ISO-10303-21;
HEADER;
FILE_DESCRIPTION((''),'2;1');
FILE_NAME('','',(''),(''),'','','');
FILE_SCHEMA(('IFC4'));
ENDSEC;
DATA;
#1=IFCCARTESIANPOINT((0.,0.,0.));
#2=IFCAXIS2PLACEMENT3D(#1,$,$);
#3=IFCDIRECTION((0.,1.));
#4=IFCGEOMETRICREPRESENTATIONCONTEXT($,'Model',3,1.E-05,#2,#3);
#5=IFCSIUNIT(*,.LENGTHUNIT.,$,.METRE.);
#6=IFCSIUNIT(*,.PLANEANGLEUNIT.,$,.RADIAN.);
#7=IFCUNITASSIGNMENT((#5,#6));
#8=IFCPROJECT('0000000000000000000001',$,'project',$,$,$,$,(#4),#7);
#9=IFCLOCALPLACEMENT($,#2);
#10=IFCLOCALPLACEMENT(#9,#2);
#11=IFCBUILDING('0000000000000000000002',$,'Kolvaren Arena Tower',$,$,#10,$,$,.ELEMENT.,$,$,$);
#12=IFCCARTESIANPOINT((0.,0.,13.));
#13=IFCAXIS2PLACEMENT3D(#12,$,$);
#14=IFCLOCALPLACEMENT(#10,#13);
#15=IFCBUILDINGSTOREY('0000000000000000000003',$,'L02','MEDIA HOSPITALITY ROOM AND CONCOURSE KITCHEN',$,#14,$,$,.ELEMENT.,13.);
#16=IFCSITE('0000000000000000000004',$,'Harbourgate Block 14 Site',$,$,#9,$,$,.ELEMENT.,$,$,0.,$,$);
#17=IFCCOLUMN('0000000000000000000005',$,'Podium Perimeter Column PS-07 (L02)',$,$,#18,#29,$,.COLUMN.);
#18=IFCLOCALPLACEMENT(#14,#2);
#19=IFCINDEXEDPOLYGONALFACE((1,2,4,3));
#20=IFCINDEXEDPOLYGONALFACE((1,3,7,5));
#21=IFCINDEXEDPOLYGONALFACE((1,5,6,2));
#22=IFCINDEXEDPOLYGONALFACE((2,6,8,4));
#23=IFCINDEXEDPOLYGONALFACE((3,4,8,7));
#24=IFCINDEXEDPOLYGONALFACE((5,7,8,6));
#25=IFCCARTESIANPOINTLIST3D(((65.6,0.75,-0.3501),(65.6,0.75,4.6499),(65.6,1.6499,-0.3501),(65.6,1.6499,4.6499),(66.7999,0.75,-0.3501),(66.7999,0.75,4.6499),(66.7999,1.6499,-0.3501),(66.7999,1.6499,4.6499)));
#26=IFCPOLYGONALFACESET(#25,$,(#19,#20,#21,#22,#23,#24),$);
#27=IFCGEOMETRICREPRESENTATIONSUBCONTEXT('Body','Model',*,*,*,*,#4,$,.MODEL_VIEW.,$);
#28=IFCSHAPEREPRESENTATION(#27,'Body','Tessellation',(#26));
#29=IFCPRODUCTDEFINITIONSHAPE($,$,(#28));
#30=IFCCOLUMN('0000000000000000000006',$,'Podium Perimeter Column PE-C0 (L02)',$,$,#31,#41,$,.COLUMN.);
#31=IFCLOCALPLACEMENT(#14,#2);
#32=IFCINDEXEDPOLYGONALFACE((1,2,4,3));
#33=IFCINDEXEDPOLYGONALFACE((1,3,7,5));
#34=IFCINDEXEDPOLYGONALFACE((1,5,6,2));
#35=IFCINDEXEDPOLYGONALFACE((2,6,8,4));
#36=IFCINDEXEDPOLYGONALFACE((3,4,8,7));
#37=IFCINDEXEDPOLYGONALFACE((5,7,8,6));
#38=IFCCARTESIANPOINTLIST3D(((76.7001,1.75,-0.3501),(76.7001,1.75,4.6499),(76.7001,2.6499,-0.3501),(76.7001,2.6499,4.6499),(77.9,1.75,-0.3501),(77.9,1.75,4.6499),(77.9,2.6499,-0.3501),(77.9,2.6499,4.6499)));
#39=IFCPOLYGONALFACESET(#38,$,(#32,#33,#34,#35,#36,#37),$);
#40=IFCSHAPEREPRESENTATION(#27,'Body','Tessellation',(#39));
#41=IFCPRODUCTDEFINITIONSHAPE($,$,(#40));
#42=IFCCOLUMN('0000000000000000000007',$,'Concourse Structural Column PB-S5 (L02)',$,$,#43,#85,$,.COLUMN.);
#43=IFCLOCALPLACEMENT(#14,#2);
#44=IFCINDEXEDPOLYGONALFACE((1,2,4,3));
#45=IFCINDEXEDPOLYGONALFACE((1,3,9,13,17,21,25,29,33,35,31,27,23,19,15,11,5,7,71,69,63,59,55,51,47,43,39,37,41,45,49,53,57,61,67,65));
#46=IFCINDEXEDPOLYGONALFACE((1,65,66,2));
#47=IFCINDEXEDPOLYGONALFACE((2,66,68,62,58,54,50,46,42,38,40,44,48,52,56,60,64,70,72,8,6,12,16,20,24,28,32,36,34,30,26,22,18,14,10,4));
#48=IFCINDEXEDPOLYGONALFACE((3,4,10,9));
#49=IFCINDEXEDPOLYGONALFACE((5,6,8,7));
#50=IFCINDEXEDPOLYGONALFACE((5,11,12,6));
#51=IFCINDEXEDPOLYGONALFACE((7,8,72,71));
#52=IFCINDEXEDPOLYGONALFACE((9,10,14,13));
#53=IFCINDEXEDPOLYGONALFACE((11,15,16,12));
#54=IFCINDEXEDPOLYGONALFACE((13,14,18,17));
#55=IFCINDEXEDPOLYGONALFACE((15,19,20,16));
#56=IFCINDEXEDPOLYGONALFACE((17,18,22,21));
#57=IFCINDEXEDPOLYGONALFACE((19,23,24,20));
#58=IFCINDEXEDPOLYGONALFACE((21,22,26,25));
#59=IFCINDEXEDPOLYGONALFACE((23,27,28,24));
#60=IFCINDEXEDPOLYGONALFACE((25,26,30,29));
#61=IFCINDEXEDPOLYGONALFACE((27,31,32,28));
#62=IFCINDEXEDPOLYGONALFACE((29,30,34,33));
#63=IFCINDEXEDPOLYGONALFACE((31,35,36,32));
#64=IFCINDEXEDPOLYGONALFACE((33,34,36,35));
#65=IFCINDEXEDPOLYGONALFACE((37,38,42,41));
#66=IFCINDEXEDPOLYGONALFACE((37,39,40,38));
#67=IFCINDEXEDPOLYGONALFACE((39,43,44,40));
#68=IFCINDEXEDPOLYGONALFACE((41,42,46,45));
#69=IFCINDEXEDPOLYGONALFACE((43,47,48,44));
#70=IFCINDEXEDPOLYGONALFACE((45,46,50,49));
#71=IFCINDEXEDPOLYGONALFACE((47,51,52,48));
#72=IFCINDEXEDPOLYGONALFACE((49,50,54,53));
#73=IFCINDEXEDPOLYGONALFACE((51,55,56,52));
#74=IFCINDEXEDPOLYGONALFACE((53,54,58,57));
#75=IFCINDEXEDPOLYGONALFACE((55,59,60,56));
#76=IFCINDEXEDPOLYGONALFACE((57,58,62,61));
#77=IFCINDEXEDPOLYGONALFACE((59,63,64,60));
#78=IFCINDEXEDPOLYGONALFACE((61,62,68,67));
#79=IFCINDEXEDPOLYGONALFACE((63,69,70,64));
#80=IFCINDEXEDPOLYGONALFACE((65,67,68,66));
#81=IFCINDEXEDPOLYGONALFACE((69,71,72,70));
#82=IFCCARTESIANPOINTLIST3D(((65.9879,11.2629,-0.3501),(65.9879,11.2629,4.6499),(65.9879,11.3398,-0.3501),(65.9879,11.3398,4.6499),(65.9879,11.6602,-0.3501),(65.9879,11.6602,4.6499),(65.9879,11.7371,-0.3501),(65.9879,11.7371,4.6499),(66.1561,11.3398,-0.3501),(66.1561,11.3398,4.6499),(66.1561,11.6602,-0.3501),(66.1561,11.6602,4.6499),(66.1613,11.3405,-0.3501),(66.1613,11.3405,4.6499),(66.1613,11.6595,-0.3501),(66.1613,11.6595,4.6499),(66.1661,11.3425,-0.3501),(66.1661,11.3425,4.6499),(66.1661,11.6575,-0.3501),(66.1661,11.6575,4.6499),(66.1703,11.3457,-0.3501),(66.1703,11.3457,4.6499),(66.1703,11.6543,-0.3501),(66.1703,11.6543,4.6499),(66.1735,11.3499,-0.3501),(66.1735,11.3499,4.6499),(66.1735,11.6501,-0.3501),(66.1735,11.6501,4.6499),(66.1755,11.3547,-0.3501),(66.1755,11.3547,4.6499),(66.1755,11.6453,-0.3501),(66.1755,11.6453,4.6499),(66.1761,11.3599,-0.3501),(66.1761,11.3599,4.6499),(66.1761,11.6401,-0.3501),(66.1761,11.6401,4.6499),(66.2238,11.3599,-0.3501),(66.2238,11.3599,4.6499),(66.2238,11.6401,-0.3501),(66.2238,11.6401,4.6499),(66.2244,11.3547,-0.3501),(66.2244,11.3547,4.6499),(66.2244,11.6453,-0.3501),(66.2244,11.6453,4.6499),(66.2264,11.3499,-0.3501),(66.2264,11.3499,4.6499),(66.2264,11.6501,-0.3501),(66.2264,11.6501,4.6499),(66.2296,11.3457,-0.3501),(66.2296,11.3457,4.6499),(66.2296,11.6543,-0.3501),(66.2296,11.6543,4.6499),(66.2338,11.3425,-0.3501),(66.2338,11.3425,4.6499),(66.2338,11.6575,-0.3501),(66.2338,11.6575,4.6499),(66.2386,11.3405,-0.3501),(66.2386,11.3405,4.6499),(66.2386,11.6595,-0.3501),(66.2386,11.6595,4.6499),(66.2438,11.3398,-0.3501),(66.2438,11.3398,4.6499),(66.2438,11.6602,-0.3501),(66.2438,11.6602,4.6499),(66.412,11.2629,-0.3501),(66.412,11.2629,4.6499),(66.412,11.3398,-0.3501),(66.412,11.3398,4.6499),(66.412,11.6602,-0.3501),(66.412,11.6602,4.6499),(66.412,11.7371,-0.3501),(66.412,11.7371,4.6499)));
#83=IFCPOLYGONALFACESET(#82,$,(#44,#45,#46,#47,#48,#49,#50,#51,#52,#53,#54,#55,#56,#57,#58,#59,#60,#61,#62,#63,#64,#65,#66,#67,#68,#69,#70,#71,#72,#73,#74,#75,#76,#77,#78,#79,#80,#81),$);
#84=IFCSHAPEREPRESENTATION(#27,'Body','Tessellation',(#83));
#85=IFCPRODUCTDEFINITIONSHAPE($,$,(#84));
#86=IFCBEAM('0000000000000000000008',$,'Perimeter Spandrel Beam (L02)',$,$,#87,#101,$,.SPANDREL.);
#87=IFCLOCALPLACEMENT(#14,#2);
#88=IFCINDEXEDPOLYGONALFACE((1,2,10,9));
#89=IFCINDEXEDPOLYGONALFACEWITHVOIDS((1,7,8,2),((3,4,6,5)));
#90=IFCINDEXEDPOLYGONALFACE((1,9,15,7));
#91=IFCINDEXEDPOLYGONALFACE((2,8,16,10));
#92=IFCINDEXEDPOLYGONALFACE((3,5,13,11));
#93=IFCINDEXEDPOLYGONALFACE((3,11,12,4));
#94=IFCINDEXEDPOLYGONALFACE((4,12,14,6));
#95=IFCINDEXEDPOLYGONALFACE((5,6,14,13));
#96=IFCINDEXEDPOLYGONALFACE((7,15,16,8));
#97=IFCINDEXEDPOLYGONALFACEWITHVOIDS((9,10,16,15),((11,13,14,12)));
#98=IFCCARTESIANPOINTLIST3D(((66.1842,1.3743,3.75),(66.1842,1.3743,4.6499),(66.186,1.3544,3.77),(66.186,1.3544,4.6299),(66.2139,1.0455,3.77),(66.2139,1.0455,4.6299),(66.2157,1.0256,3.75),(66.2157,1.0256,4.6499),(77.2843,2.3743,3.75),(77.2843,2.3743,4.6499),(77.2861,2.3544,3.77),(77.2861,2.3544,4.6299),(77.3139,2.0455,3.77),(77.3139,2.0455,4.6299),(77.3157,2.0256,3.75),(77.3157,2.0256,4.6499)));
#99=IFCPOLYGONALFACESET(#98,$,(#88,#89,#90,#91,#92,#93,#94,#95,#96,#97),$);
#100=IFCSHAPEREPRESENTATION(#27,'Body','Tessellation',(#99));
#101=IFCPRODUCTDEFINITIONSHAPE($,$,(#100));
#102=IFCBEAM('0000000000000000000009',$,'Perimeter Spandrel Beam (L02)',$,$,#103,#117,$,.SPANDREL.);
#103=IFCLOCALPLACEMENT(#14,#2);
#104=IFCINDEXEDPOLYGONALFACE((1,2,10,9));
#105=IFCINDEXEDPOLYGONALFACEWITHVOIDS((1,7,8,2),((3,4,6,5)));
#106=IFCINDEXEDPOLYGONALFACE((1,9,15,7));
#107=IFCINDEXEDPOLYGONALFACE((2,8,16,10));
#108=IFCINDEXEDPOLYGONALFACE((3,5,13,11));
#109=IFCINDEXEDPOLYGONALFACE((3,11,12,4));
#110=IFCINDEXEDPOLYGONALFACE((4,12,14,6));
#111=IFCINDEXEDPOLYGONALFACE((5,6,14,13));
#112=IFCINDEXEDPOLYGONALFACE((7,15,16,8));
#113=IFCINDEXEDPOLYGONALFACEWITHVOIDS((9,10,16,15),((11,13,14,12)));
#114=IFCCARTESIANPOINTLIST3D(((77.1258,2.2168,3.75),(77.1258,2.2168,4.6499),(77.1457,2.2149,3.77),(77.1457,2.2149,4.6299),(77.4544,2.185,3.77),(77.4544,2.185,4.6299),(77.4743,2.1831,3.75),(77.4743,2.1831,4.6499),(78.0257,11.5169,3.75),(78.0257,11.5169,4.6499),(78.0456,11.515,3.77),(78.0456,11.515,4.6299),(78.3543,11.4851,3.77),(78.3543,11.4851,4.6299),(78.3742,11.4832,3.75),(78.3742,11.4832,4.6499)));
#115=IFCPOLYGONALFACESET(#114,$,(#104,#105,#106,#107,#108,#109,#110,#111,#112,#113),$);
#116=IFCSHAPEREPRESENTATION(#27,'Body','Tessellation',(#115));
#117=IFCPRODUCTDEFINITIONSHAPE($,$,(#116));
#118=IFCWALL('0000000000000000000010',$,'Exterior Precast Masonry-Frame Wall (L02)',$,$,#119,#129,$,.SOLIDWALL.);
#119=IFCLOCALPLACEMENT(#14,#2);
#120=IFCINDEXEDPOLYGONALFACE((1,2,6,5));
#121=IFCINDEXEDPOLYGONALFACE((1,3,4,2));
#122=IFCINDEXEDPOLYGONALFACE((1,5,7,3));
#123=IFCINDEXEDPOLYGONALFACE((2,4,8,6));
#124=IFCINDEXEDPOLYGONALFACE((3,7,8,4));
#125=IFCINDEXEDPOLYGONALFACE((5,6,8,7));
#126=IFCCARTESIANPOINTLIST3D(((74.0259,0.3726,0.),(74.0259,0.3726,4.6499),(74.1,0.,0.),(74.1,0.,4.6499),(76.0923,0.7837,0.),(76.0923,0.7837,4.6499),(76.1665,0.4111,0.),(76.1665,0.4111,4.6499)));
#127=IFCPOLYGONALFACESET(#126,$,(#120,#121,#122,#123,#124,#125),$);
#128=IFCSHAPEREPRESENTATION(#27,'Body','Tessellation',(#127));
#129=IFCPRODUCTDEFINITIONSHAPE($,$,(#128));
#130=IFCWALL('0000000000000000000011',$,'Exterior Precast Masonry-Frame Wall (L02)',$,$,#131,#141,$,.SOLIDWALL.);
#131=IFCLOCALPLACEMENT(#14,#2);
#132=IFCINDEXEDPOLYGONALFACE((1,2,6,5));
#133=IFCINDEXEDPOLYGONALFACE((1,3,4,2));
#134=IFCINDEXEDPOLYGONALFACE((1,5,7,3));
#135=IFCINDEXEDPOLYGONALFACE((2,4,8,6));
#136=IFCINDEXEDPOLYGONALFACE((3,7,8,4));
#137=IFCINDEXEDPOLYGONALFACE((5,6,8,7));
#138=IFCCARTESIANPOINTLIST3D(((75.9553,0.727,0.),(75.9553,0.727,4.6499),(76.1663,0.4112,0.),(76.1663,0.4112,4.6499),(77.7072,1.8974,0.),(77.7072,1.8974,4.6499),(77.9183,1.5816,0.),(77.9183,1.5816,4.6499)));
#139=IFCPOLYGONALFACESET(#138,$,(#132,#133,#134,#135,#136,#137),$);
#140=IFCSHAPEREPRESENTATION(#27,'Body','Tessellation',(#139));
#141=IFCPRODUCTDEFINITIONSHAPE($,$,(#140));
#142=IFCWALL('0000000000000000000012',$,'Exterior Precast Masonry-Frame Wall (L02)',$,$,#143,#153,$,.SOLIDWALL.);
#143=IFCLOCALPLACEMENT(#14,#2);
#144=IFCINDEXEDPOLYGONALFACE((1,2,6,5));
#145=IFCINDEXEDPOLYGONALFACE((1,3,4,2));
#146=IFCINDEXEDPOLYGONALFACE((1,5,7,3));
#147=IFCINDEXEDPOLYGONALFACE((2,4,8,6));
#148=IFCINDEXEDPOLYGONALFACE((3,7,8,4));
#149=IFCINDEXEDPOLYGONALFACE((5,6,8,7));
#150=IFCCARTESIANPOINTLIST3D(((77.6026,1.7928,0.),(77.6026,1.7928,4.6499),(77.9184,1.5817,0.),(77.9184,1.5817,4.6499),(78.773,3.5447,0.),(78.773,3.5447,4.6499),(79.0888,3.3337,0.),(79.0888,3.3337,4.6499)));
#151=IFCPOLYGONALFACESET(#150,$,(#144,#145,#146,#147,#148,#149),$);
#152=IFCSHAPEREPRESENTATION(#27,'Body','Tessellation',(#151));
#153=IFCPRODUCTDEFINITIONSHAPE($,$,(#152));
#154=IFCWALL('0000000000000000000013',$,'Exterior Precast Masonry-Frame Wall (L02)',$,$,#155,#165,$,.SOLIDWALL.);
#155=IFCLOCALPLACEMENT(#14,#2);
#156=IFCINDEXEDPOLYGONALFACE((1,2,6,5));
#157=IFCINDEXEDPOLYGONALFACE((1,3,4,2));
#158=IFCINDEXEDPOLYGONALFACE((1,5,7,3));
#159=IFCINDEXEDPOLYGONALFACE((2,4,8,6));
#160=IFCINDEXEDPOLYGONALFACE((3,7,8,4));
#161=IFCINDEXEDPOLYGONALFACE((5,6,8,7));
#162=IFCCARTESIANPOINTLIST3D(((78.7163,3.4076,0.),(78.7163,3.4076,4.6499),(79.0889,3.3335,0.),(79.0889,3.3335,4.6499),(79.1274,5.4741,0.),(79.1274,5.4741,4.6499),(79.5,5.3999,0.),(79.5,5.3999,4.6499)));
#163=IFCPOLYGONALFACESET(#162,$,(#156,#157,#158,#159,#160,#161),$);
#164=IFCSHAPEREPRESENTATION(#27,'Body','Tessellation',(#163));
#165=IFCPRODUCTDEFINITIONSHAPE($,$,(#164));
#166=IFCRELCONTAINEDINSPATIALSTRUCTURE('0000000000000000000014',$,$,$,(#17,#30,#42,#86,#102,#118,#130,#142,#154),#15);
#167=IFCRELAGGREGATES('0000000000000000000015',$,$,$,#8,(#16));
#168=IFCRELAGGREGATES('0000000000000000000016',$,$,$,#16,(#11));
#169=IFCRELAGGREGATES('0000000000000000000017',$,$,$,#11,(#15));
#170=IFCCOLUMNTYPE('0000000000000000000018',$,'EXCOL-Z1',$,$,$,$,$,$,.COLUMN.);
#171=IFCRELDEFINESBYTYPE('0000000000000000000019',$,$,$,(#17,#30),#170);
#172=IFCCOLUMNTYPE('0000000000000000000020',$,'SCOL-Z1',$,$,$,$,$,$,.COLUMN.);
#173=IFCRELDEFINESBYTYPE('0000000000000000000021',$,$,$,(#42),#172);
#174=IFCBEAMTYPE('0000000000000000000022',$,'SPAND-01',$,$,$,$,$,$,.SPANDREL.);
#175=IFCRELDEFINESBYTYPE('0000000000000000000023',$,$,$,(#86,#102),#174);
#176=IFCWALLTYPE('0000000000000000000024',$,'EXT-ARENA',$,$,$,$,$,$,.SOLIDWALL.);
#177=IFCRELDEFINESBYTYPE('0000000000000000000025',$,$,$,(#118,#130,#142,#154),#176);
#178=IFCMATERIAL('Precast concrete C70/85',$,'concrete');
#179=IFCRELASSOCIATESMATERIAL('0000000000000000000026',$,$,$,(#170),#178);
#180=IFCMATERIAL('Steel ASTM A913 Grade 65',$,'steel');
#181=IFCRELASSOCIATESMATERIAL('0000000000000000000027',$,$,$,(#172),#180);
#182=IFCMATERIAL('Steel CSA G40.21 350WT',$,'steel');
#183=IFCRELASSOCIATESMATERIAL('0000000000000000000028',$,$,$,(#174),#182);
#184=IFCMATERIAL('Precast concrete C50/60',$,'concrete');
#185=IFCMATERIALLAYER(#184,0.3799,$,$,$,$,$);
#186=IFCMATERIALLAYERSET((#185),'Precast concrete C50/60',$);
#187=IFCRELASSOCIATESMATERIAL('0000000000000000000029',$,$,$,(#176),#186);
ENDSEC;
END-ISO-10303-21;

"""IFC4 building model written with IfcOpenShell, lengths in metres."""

from ifc_helpers import new_model, si_unit, direction, frame, frame_2d, origin, origin_2d, place, context, subcontext, project, spatial, rectangle, hollow_rectangle, i_section, extrude, material, layer, layer_set, material_profile, profile_set, type_object, element, save


model = new_model("IFC4")

# Units and contexts
model_context = context("Model", 3, precision=1e-05, world=origin(), true_north=direction((0.0, 1.0)))
body_context = subcontext(model_context, "Body", "Model", "MODEL_VIEW")
ifc_project = project(units=[si_unit("LENGTHUNIT", "METRE"), si_unit("PLANEANGLEUNIT", "RADIAN")], contexts=[model_context])

# Site, building, storey
site_placement = place(None, origin())
site = spatial("IfcSite", under=ifc_project, at=site_placement, Name="Harbourgate Block 14 Site", CompositionType="ELEMENT", RefElevation=0.0)
building_placement = place(site_placement, origin())
building = spatial("IfcBuilding", under=site, at=building_placement, Name="Kolvaren Arena Tower", CompositionType="ELEMENT")
storey_placement = place(building_placement, frame((0.0, 0.0, 13.0)))
storey = spatial("IfcBuildingStorey", under=building, at=storey_placement, Name="L02", Description="MEDIA HOSPITALITY ROOM AND CONCOURSE KITCHEN", CompositionType="ELEMENT", Elevation=13.0)

# Columns
ifc_material_1 = material(Name="Precast concrete C70/85", Category="concrete")
ifc_material_profile_1 = material_profile(ifc_material_1, rectangle(XDim=1.2, YDim=0.8999, at=origin_2d()), Name="RC-1200x900")
ifc_profile_set_1 = profile_set([ifc_material_profile_1], Name="Precast concrete C70/85")
column_type_1 = type_object("IfcColumnType", Name="EXCOL-Z1", PredefinedType="COLUMN", material=ifc_profile_set_1)
for number, where, z_axis, x_axis, name in (
    (1, (66.2, 1.2, -0.3501), (0.0, 0.0, 1.0), (1.0, 0.0, 0.0), "Podium Perimeter Column PS-07 (L02)"),
    (2, (77.3, 2.2, -0.3501), (0.0, 0.0, 1.0), (1.0, 0.0, 0.0), "Podium Perimeter Column PE-C0 (L02)"),
):
    element("IfcColumn", number, at=place(storey_placement, frame(where, z_axis=z_axis, x_axis=x_axis)), inside=storey, type_object=column_type_1, Name=name, PredefinedType="COLUMN", context=body_context, shape_type="SweptSolid", body=[
        extrude(rectangle(XDim=1.2, YDim=0.8999, at=origin_2d()), origin(), (0.0, 0.0, 1.0), 5.0),
    ])
ifc_material_2 = material(Name="Steel ASTM A913 Grade 65", Category="steel")
ifc_material_profile_2 = material_profile(ifc_material_2, i_section(OverallWidth=0.4241, OverallDepth=0.4741, WebThickness=0.0476, FlangeThickness=0.0769, FilletRadius=0.02, at=origin_2d()), Name="W360x634")
ifc_profile_set_2 = profile_set([ifc_material_profile_2], Name="Steel ASTM A913 Grade 65")
column_type_2 = type_object("IfcColumnType", Name="SCOL-Z1", PredefinedType="COLUMN", material=ifc_profile_set_2)
column_placement = place(storey_placement, frame((66.2, 11.5, -0.3501), z_axis=(0.0, 0.0, 1.0), x_axis=(1.0, 0.0, 0.0)))
element("IfcColumn", 3, at=column_placement, inside=storey, type_object=column_type_2, Name="Concourse Structural Column PB-S5 (L02)", PredefinedType="COLUMN", context=body_context, shape_type="SweptSolid", body=[
    extrude(i_section(OverallWidth=0.4241, OverallDepth=0.4741, WebThickness=0.0476, FlangeThickness=0.0769, FilletRadius=0.02, at=origin_2d()), origin(), (0.0, 0.0, 1.0), 5.0),
])

# Beams
ifc_material_3 = material(Name="Steel CSA G40.21 350WT", Category="steel")
ifc_material_profile_3 = material_profile(ifc_material_3, hollow_rectangle(XDim=0.3501, YDim=0.8999, WallThickness=0.02, at=origin_2d()), Name="HSS 900x350x20")
ifc_profile_set_3 = profile_set([ifc_material_profile_3], Name="Steel CSA G40.21 350WT")
beam_type = type_object("IfcBeamType", Name="SPAND-01", PredefinedType="SPANDREL", material=ifc_profile_set_3)
beam_1_placement = place(storey_placement, frame((66.2, 1.2, 4.2), z_axis=(0.995966, 0.089726, 0.0), x_axis=(-0.089726, 0.995966, 0.0)))
element("IfcBeam", 4, at=beam_1_placement, inside=storey, type_object=beam_type, Name="Perimeter Spandrel Beam (L02)", PredefinedType="SPANDREL", context=body_context, shape_type="SweptSolid", body=[
    extrude(hollow_rectangle(XDim=0.3501, YDim=0.8999, WallThickness=0.02, at=origin_2d()), origin(), (0.0, 0.0, 1.0), 11.145),
])
beam_2_placement = place(storey_placement, frame((77.3, 2.2, 4.2), z_axis=(0.096313, 0.995351, 0.0), x_axis=(-0.995351, 0.096313, 0.0)))
element("IfcBeam", 5, at=beam_2_placement, inside=storey, type_object=beam_type, Name="Perimeter Spandrel Beam (L02)", PredefinedType="SPANDREL", context=body_context, shape_type="SweptSolid", body=[
    extrude(hollow_rectangle(XDim=0.3501, YDim=0.8999, WallThickness=0.02, at=origin_2d()), origin(), (0.0, 0.0, 1.0), 9.3435),
])

# Walls
ifc_material_4 = material(Name="Precast concrete C50/60", Category="concrete")
ifc_layer_1 = layer(ifc_material_4, 0.3799)
ifc_layer_set_1 = layer_set([ifc_layer_1], Name="Precast concrete C50/60")
wall_type_1 = type_object("IfcWallType", Name="EXT-ARENA", PredefinedType="SOLIDWALL", material=ifc_layer_set_1)
for number, where, z_axis, x_axis, name in (
    (6, (76.1294, 0.5974, 0.0), (0.0, 0.0, 1.0), (-0.980776, -0.195136, 0.0), "Exterior Precast Masonry-Frame Wall (L02)"),
    (7, (77.8127, 1.7395, 0.0), (0.0, 0.0, 1.0), (-0.831515, -0.555502, 0.0), "Exterior Precast Masonry-Frame Wall (L02)"),
    (8, (78.9309, 3.4392, 0.0), (0.0, 0.0, 1.0), (-0.555502, -0.831515, 0.0), "Exterior Precast Masonry-Frame Wall (L02)"),
    (9, (79.3137, 5.437, 0.0), (0.0, 0.0, 1.0), (-0.195136, -0.980776, 0.0), "Exterior Precast Masonry-Frame Wall (L02)"),
):
    element("IfcWall", number, at=place(storey_placement, frame(where, z_axis=z_axis, x_axis=x_axis)), inside=storey, type_object=wall_type_1, Name=name, PredefinedType="SOLIDWALL", context=body_context, shape_type="SweptSolid", body=[
        extrude(rectangle(XDim=2.1069, YDim=0.3799, at=frame_2d((1.0535, 0.0))), origin(), (0.0, 0.0, 1.0), 4.6499),
    ])

save(model, "model.ifc")
